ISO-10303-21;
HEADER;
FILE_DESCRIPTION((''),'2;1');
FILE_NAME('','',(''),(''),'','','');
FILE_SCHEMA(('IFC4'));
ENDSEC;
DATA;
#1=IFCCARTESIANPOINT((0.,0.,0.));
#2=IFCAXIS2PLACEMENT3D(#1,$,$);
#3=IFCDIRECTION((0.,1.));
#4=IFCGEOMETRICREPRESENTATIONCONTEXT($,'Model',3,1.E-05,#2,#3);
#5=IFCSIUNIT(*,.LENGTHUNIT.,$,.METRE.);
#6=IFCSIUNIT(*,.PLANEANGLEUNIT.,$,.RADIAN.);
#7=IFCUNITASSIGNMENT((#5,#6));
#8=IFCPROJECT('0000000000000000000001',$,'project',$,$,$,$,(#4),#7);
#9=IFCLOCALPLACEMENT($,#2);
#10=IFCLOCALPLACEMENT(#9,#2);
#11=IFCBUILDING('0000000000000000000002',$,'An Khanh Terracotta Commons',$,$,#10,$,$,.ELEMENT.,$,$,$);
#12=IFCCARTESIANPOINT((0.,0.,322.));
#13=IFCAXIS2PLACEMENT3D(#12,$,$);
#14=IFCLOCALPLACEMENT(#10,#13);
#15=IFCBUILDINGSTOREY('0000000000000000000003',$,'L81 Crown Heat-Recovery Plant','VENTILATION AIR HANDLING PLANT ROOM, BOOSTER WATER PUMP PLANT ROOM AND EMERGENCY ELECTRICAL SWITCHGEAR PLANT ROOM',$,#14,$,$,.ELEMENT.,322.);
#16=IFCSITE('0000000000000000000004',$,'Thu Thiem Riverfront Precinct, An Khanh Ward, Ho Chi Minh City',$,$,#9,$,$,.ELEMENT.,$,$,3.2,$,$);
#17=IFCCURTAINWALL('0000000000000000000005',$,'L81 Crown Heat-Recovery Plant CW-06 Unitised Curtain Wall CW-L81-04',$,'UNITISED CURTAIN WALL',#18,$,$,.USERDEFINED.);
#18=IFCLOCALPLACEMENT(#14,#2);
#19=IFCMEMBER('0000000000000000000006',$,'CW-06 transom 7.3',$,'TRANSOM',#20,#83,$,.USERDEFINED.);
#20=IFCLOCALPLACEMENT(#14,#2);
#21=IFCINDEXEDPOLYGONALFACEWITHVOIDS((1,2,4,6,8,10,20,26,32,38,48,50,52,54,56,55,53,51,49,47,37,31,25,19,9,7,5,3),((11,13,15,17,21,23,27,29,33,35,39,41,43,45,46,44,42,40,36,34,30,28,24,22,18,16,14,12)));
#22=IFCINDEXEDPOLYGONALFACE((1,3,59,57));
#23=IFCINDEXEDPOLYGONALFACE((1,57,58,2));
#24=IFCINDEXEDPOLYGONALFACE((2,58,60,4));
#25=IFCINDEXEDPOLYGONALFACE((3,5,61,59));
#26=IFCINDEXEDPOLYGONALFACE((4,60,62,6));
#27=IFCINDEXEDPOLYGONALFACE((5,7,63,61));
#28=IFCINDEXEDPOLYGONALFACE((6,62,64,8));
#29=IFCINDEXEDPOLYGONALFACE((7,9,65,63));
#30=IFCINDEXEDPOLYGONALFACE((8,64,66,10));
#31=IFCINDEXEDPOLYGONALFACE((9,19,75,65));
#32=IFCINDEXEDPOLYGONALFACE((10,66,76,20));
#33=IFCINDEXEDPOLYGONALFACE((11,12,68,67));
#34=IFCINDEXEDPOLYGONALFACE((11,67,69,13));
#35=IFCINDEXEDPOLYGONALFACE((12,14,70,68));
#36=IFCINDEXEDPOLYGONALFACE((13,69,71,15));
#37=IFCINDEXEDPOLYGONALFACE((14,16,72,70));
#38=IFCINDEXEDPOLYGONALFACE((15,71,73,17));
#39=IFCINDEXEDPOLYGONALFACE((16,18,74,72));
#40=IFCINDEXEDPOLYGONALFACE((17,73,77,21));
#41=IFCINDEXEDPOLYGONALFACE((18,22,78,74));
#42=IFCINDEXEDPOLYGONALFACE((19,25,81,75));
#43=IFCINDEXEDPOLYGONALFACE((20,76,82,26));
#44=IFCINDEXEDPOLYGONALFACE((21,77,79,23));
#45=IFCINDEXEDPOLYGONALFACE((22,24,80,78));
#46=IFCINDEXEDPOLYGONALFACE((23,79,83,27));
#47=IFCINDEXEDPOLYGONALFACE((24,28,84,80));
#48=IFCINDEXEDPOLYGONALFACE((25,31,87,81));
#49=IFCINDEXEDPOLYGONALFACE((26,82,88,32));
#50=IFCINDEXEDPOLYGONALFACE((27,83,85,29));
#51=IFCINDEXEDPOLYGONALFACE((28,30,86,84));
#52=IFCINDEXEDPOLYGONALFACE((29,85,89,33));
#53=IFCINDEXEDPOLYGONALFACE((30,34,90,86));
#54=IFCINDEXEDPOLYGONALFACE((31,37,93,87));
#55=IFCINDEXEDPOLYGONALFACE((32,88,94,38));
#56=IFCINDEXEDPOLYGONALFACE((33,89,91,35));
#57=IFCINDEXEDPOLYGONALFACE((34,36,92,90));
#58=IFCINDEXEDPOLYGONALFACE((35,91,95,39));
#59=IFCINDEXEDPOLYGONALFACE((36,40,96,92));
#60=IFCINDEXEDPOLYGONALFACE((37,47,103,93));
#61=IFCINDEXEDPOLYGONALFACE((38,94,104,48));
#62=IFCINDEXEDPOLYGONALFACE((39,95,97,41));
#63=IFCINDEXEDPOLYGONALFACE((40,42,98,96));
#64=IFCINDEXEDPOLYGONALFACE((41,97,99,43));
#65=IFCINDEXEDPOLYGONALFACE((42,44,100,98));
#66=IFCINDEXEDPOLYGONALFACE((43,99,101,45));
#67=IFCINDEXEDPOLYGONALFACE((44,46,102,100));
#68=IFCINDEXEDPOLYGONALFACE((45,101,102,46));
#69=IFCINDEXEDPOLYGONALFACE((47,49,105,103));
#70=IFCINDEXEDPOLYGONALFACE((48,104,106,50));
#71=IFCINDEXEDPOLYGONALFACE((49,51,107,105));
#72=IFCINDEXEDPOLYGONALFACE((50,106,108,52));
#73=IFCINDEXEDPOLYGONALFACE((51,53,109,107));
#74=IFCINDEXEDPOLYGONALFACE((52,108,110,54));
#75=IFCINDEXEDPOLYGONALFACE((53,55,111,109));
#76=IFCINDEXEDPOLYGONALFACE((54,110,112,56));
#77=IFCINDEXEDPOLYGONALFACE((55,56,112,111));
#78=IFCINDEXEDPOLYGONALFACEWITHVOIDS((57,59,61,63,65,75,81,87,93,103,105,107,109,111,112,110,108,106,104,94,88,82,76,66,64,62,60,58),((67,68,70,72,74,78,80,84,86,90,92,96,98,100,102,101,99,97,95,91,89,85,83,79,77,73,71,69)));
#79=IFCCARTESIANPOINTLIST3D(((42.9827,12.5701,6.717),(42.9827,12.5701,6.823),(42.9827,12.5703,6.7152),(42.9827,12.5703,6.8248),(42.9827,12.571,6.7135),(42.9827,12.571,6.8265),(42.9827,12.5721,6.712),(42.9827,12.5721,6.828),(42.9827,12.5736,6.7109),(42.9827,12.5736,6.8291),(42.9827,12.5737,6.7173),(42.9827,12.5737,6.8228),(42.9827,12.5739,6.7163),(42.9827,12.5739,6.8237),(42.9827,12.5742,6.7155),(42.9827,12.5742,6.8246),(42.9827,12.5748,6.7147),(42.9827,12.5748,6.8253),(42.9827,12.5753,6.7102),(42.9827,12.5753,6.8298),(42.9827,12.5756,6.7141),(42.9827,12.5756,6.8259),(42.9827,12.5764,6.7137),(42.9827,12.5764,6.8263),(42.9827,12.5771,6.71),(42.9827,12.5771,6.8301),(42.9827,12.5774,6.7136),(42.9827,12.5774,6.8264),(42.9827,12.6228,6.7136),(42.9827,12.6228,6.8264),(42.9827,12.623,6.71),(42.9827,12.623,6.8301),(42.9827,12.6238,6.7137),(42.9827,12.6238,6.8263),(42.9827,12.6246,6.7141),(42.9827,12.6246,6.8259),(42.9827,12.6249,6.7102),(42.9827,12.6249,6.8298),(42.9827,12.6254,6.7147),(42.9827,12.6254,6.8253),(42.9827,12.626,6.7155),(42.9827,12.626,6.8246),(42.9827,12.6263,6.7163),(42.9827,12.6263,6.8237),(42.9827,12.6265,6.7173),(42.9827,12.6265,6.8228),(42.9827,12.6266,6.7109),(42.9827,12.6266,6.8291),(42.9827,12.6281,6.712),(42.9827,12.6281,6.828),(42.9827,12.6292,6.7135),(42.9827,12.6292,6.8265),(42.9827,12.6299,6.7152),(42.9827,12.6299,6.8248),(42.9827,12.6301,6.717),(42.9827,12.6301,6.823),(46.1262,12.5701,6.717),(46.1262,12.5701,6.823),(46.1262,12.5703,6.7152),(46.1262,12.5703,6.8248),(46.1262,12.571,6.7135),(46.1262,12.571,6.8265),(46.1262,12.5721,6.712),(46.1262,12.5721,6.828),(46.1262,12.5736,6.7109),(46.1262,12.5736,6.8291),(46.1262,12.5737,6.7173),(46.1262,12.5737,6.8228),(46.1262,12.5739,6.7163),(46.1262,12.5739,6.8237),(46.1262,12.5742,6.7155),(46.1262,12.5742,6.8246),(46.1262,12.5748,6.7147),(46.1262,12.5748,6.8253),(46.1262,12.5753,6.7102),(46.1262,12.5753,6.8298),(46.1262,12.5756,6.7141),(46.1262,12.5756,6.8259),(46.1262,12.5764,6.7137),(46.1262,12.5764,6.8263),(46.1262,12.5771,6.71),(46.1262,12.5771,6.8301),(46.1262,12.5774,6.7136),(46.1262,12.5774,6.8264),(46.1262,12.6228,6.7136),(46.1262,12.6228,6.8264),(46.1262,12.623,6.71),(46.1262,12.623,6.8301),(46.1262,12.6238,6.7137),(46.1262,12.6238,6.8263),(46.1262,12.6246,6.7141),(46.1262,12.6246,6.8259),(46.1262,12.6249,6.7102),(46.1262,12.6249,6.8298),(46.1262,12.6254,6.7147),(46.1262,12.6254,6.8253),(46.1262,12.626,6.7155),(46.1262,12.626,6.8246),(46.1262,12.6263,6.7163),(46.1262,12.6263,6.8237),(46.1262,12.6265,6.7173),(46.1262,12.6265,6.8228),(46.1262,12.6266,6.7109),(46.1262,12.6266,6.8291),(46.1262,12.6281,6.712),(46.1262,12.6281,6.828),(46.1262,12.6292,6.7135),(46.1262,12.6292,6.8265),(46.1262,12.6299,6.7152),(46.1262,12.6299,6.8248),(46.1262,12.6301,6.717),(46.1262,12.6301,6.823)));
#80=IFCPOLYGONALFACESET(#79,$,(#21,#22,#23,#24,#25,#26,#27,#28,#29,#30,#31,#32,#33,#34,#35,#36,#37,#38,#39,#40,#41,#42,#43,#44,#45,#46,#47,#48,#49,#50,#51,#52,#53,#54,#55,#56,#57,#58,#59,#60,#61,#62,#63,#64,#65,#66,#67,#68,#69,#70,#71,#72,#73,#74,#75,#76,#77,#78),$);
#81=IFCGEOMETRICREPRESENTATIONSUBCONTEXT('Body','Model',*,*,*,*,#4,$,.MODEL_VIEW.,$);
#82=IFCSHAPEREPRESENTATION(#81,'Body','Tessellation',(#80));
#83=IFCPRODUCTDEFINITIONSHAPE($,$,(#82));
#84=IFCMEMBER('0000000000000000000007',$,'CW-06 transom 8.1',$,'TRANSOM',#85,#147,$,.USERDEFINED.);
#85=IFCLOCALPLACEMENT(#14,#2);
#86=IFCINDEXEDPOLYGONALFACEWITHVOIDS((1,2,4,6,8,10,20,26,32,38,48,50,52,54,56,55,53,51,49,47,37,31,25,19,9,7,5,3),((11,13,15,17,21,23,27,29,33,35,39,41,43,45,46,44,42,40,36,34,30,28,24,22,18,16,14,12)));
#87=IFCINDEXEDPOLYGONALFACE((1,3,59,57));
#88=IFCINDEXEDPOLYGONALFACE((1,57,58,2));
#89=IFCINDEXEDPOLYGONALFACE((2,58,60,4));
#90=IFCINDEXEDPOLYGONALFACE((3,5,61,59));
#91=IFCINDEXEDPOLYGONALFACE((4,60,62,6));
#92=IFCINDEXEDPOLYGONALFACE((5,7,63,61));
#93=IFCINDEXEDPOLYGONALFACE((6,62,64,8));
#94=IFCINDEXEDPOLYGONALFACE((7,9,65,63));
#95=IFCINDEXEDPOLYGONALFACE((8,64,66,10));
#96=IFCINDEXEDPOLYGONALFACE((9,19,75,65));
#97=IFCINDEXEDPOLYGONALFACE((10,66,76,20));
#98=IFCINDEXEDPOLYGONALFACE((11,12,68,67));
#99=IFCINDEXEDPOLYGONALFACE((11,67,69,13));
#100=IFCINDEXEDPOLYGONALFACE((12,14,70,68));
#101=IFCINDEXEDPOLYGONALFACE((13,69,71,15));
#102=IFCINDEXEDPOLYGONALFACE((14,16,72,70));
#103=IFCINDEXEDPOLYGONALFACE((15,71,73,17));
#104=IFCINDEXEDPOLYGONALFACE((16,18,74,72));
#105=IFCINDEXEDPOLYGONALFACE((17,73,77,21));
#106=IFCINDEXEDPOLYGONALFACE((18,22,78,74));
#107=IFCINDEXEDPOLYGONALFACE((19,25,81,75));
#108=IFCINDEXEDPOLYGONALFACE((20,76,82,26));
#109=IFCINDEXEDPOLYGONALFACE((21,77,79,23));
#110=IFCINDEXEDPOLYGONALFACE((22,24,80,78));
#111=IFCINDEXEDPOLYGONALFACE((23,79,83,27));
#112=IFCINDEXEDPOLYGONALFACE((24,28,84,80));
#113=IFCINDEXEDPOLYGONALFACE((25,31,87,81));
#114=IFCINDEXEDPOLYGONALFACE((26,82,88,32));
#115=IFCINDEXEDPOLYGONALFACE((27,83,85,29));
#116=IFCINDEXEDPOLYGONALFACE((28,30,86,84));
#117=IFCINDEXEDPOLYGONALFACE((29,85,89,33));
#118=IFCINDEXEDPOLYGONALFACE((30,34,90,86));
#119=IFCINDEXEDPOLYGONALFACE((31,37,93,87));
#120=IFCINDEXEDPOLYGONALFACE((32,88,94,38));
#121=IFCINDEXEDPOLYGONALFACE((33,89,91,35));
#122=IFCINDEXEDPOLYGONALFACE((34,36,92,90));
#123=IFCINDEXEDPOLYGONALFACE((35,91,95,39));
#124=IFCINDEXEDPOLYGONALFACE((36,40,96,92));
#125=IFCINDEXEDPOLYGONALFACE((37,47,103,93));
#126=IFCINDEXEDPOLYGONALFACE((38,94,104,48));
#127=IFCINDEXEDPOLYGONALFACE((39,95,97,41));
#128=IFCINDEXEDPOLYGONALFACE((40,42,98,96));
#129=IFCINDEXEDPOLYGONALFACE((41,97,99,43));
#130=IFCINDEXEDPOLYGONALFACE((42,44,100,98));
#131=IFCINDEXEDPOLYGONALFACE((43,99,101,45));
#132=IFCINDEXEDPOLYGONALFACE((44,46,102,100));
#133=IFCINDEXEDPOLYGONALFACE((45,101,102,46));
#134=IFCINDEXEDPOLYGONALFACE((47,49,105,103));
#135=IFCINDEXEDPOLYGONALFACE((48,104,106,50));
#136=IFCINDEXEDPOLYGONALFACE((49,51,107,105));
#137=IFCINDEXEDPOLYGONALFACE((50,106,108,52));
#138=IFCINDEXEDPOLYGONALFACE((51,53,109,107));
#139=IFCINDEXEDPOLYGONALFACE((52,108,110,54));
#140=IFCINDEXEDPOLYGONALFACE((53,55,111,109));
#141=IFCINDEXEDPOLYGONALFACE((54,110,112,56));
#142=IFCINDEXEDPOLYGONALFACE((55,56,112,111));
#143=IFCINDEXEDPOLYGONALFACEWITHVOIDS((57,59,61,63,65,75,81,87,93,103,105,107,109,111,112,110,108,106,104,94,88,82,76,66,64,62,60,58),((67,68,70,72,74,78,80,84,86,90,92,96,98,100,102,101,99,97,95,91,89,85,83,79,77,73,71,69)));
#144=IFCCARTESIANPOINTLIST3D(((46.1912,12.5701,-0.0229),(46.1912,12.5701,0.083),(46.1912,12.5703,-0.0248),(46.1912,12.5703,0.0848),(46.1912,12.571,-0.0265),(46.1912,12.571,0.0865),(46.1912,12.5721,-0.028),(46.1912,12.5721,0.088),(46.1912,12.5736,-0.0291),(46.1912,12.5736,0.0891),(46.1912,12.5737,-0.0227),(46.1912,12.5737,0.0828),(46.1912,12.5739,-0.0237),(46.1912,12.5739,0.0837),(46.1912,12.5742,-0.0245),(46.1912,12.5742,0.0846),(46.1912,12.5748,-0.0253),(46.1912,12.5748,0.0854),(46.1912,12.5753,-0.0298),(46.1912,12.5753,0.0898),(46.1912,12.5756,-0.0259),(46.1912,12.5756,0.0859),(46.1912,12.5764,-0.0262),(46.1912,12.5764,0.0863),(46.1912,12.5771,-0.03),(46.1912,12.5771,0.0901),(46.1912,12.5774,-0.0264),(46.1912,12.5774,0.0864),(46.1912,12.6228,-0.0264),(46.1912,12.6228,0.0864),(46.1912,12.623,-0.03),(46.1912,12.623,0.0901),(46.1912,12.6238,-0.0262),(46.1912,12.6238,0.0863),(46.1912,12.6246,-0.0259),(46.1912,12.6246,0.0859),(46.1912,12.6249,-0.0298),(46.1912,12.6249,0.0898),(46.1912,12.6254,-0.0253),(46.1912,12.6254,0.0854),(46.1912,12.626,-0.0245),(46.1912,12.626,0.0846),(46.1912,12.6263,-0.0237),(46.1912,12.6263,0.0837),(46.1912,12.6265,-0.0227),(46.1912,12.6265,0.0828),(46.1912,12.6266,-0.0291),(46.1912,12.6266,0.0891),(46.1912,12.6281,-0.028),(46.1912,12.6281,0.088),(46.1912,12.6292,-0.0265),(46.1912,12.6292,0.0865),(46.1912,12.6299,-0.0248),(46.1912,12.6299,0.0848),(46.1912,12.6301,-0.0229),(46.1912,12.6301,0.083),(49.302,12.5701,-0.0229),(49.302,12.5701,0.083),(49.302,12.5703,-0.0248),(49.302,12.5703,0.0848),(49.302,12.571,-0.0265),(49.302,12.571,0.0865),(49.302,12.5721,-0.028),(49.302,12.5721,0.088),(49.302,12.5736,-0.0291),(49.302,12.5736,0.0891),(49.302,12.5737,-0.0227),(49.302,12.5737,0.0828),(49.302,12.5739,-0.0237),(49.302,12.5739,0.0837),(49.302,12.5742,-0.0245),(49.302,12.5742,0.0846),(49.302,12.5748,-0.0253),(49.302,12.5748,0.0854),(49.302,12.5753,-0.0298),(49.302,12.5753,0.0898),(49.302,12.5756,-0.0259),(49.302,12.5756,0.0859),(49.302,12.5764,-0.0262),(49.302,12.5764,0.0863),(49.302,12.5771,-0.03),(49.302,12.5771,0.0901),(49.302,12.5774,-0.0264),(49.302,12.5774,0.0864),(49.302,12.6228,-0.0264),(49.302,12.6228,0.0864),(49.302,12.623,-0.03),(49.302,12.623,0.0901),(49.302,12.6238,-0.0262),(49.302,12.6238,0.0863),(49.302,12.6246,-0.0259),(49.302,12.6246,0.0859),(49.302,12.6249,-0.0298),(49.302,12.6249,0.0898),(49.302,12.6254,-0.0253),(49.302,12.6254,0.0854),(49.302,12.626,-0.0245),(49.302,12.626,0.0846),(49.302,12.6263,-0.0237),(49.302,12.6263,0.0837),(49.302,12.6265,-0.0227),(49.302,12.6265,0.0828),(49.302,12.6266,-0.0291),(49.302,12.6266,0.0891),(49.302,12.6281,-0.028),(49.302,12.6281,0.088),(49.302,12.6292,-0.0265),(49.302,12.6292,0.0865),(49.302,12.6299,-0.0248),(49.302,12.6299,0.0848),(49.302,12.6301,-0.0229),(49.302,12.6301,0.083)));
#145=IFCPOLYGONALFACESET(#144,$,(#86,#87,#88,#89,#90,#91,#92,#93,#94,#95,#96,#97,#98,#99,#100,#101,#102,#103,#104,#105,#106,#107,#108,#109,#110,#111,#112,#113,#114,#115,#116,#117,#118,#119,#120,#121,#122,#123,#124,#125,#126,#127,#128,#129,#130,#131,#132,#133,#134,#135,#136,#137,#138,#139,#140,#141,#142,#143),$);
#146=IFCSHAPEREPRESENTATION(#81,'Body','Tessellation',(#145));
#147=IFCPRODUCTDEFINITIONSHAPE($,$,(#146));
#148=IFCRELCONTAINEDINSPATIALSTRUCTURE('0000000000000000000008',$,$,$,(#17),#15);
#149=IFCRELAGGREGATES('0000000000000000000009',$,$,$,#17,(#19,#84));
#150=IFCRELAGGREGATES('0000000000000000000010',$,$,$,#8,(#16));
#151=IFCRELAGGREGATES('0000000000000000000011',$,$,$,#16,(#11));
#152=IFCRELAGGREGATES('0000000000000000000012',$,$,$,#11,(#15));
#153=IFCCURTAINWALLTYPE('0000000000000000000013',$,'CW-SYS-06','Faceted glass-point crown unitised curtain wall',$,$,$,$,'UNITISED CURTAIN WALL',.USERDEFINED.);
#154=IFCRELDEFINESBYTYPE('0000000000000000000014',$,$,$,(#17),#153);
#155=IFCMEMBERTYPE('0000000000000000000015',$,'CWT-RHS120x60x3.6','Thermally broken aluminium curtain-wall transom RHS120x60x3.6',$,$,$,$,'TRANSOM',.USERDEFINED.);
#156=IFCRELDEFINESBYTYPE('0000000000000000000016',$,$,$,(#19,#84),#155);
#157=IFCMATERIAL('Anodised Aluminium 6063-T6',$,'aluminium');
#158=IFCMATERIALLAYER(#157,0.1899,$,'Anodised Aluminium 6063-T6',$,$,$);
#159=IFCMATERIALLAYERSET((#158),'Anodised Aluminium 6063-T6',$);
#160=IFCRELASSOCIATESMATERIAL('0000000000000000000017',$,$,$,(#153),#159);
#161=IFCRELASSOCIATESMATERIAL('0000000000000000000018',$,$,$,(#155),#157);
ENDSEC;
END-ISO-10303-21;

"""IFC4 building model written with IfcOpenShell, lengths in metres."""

from ifc_helpers import new_model, si_unit, direction, frame, origin, origin_2d, place, context, subcontext, project, spatial, hollow_rectangle, extrude, material, layer, layer_set, material_profile, profile_set, type_object, element, aggregate, save


model = new_model("IFC4")

# Units and contexts
model_context = context("Model", 3, precision=1e-05, world=origin(), true_north=direction((0.0, 1.0)))
body_context = subcontext(model_context, "Body", "Model", "MODEL_VIEW")
ifc_project = project(units=[si_unit("LENGTHUNIT", "METRE"), si_unit("PLANEANGLEUNIT", "RADIAN")], contexts=[model_context])

# Site, building, storey
site_placement = place(None, origin())
site = spatial("IfcSite", under=ifc_project, at=site_placement, Name="Thu Thiem Riverfront Precinct, An Khanh Ward, Ho Chi Minh City", CompositionType="ELEMENT", RefElevation=3.2)
building_placement = place(site_placement, origin())
building = spatial("IfcBuilding", under=site, at=building_placement, Name="An Khanh Terracotta Commons", CompositionType="ELEMENT")
storey_placement = place(building_placement, frame((0.0, 0.0, 322.0)))
storey = spatial("IfcBuildingStorey", under=building, at=storey_placement, Name="L81 Crown Heat-Recovery Plant", Description="VENTILATION AIR HANDLING PLANT ROOM, BOOSTER WATER PUMP PLANT ROOM AND EMERGENCY ELECTRICAL SWITCHGEAR PLANT ROOM", CompositionType="ELEMENT", Elevation=322.0)

# Curtain wall, members
ifc_material_1 = material(Name="Anodised Aluminium 6063-T6", Category="aluminium")
ifc_layer_1 = layer(ifc_material_1, 0.1899, Name="Anodised Aluminium 6063-T6")
ifc_layer_set_1 = layer_set([ifc_layer_1], Name="Anodised Aluminium 6063-T6")
curtain_wall_type = type_object("IfcCurtainWallType", Name="CW-SYS-06", Description="Faceted glass-point crown unitised curtain wall", ElementType="UNITISED CURTAIN WALL", PredefinedType="USERDEFINED", material=ifc_layer_set_1)
curtain_wall_placement = place(storey_placement, origin())
curtain_wall = element("IfcCurtainWall", 1, at=curtain_wall_placement, inside=storey, type_object=curtain_wall_type, Name="L81 Crown Heat-Recovery Plant CW-06 Unitised Curtain Wall CW-L81-04", ObjectType="UNITISED CURTAIN WALL", PredefinedType="USERDEFINED")
ifc_material_profile_1 = material_profile(ifc_material_1, hollow_rectangle(XDim=0.0601, YDim=0.1201, WallThickness=0.0037, InnerFilletRadius=0.0037, OuterFilletRadius=0.0071, at=origin_2d()), Name="RHS120x60x3.6")
ifc_profile_set_1 = profile_set([ifc_material_profile_1], Name="Anodised Aluminium 6063-T6")
member_type_1 = type_object("IfcMemberType", Name="CWT-RHS120x60x3.6", Description="Thermally broken aluminium curtain-wall transom RHS120x60x3.6", ElementType="TRANSOM", PredefinedType="USERDEFINED", material=ifc_profile_set_1)
member_1_placement = place(storey_placement, frame((42.9827, 12.6001, 6.77), z_axis=(1.0, 0.0, 0.0), x_axis=(0.0, 1.0, 0.0)))
member_1 = element("IfcMember", 2, at=member_1_placement, type_object=member_type_1, Name="CW-06 transom 7.3", ObjectType="TRANSOM", PredefinedType="USERDEFINED", context=body_context, shape_type="SweptSolid", body=[
    extrude(hollow_rectangle(XDim=0.0601, YDim=0.1201, WallThickness=0.0037, InnerFilletRadius=0.0037, OuterFilletRadius=0.0071, at=origin_2d()), origin(), (0.0, 0.0, 1.0), 3.1436),
])
member_2_placement = place(storey_placement, frame((46.1912, 12.6001, 0.03), z_axis=(1.0, 0.0, 0.0), x_axis=(0.0, 1.0, 0.0)))
member_2 = element("IfcMember", 3, at=member_2_placement, type_object=member_type_1, Name="CW-06 transom 8.1", ObjectType="TRANSOM", PredefinedType="USERDEFINED", context=body_context, shape_type="SweptSolid", body=[
    extrude(hollow_rectangle(XDim=0.0601, YDim=0.1201, WallThickness=0.0037, InnerFilletRadius=0.0037, OuterFilletRadius=0.0071, at=origin_2d()), origin(), (0.0, 0.0, 1.0), 3.1108),
])
aggregate(curtain_wall, [member_1, member_2])

save(model, "model.ifc")
